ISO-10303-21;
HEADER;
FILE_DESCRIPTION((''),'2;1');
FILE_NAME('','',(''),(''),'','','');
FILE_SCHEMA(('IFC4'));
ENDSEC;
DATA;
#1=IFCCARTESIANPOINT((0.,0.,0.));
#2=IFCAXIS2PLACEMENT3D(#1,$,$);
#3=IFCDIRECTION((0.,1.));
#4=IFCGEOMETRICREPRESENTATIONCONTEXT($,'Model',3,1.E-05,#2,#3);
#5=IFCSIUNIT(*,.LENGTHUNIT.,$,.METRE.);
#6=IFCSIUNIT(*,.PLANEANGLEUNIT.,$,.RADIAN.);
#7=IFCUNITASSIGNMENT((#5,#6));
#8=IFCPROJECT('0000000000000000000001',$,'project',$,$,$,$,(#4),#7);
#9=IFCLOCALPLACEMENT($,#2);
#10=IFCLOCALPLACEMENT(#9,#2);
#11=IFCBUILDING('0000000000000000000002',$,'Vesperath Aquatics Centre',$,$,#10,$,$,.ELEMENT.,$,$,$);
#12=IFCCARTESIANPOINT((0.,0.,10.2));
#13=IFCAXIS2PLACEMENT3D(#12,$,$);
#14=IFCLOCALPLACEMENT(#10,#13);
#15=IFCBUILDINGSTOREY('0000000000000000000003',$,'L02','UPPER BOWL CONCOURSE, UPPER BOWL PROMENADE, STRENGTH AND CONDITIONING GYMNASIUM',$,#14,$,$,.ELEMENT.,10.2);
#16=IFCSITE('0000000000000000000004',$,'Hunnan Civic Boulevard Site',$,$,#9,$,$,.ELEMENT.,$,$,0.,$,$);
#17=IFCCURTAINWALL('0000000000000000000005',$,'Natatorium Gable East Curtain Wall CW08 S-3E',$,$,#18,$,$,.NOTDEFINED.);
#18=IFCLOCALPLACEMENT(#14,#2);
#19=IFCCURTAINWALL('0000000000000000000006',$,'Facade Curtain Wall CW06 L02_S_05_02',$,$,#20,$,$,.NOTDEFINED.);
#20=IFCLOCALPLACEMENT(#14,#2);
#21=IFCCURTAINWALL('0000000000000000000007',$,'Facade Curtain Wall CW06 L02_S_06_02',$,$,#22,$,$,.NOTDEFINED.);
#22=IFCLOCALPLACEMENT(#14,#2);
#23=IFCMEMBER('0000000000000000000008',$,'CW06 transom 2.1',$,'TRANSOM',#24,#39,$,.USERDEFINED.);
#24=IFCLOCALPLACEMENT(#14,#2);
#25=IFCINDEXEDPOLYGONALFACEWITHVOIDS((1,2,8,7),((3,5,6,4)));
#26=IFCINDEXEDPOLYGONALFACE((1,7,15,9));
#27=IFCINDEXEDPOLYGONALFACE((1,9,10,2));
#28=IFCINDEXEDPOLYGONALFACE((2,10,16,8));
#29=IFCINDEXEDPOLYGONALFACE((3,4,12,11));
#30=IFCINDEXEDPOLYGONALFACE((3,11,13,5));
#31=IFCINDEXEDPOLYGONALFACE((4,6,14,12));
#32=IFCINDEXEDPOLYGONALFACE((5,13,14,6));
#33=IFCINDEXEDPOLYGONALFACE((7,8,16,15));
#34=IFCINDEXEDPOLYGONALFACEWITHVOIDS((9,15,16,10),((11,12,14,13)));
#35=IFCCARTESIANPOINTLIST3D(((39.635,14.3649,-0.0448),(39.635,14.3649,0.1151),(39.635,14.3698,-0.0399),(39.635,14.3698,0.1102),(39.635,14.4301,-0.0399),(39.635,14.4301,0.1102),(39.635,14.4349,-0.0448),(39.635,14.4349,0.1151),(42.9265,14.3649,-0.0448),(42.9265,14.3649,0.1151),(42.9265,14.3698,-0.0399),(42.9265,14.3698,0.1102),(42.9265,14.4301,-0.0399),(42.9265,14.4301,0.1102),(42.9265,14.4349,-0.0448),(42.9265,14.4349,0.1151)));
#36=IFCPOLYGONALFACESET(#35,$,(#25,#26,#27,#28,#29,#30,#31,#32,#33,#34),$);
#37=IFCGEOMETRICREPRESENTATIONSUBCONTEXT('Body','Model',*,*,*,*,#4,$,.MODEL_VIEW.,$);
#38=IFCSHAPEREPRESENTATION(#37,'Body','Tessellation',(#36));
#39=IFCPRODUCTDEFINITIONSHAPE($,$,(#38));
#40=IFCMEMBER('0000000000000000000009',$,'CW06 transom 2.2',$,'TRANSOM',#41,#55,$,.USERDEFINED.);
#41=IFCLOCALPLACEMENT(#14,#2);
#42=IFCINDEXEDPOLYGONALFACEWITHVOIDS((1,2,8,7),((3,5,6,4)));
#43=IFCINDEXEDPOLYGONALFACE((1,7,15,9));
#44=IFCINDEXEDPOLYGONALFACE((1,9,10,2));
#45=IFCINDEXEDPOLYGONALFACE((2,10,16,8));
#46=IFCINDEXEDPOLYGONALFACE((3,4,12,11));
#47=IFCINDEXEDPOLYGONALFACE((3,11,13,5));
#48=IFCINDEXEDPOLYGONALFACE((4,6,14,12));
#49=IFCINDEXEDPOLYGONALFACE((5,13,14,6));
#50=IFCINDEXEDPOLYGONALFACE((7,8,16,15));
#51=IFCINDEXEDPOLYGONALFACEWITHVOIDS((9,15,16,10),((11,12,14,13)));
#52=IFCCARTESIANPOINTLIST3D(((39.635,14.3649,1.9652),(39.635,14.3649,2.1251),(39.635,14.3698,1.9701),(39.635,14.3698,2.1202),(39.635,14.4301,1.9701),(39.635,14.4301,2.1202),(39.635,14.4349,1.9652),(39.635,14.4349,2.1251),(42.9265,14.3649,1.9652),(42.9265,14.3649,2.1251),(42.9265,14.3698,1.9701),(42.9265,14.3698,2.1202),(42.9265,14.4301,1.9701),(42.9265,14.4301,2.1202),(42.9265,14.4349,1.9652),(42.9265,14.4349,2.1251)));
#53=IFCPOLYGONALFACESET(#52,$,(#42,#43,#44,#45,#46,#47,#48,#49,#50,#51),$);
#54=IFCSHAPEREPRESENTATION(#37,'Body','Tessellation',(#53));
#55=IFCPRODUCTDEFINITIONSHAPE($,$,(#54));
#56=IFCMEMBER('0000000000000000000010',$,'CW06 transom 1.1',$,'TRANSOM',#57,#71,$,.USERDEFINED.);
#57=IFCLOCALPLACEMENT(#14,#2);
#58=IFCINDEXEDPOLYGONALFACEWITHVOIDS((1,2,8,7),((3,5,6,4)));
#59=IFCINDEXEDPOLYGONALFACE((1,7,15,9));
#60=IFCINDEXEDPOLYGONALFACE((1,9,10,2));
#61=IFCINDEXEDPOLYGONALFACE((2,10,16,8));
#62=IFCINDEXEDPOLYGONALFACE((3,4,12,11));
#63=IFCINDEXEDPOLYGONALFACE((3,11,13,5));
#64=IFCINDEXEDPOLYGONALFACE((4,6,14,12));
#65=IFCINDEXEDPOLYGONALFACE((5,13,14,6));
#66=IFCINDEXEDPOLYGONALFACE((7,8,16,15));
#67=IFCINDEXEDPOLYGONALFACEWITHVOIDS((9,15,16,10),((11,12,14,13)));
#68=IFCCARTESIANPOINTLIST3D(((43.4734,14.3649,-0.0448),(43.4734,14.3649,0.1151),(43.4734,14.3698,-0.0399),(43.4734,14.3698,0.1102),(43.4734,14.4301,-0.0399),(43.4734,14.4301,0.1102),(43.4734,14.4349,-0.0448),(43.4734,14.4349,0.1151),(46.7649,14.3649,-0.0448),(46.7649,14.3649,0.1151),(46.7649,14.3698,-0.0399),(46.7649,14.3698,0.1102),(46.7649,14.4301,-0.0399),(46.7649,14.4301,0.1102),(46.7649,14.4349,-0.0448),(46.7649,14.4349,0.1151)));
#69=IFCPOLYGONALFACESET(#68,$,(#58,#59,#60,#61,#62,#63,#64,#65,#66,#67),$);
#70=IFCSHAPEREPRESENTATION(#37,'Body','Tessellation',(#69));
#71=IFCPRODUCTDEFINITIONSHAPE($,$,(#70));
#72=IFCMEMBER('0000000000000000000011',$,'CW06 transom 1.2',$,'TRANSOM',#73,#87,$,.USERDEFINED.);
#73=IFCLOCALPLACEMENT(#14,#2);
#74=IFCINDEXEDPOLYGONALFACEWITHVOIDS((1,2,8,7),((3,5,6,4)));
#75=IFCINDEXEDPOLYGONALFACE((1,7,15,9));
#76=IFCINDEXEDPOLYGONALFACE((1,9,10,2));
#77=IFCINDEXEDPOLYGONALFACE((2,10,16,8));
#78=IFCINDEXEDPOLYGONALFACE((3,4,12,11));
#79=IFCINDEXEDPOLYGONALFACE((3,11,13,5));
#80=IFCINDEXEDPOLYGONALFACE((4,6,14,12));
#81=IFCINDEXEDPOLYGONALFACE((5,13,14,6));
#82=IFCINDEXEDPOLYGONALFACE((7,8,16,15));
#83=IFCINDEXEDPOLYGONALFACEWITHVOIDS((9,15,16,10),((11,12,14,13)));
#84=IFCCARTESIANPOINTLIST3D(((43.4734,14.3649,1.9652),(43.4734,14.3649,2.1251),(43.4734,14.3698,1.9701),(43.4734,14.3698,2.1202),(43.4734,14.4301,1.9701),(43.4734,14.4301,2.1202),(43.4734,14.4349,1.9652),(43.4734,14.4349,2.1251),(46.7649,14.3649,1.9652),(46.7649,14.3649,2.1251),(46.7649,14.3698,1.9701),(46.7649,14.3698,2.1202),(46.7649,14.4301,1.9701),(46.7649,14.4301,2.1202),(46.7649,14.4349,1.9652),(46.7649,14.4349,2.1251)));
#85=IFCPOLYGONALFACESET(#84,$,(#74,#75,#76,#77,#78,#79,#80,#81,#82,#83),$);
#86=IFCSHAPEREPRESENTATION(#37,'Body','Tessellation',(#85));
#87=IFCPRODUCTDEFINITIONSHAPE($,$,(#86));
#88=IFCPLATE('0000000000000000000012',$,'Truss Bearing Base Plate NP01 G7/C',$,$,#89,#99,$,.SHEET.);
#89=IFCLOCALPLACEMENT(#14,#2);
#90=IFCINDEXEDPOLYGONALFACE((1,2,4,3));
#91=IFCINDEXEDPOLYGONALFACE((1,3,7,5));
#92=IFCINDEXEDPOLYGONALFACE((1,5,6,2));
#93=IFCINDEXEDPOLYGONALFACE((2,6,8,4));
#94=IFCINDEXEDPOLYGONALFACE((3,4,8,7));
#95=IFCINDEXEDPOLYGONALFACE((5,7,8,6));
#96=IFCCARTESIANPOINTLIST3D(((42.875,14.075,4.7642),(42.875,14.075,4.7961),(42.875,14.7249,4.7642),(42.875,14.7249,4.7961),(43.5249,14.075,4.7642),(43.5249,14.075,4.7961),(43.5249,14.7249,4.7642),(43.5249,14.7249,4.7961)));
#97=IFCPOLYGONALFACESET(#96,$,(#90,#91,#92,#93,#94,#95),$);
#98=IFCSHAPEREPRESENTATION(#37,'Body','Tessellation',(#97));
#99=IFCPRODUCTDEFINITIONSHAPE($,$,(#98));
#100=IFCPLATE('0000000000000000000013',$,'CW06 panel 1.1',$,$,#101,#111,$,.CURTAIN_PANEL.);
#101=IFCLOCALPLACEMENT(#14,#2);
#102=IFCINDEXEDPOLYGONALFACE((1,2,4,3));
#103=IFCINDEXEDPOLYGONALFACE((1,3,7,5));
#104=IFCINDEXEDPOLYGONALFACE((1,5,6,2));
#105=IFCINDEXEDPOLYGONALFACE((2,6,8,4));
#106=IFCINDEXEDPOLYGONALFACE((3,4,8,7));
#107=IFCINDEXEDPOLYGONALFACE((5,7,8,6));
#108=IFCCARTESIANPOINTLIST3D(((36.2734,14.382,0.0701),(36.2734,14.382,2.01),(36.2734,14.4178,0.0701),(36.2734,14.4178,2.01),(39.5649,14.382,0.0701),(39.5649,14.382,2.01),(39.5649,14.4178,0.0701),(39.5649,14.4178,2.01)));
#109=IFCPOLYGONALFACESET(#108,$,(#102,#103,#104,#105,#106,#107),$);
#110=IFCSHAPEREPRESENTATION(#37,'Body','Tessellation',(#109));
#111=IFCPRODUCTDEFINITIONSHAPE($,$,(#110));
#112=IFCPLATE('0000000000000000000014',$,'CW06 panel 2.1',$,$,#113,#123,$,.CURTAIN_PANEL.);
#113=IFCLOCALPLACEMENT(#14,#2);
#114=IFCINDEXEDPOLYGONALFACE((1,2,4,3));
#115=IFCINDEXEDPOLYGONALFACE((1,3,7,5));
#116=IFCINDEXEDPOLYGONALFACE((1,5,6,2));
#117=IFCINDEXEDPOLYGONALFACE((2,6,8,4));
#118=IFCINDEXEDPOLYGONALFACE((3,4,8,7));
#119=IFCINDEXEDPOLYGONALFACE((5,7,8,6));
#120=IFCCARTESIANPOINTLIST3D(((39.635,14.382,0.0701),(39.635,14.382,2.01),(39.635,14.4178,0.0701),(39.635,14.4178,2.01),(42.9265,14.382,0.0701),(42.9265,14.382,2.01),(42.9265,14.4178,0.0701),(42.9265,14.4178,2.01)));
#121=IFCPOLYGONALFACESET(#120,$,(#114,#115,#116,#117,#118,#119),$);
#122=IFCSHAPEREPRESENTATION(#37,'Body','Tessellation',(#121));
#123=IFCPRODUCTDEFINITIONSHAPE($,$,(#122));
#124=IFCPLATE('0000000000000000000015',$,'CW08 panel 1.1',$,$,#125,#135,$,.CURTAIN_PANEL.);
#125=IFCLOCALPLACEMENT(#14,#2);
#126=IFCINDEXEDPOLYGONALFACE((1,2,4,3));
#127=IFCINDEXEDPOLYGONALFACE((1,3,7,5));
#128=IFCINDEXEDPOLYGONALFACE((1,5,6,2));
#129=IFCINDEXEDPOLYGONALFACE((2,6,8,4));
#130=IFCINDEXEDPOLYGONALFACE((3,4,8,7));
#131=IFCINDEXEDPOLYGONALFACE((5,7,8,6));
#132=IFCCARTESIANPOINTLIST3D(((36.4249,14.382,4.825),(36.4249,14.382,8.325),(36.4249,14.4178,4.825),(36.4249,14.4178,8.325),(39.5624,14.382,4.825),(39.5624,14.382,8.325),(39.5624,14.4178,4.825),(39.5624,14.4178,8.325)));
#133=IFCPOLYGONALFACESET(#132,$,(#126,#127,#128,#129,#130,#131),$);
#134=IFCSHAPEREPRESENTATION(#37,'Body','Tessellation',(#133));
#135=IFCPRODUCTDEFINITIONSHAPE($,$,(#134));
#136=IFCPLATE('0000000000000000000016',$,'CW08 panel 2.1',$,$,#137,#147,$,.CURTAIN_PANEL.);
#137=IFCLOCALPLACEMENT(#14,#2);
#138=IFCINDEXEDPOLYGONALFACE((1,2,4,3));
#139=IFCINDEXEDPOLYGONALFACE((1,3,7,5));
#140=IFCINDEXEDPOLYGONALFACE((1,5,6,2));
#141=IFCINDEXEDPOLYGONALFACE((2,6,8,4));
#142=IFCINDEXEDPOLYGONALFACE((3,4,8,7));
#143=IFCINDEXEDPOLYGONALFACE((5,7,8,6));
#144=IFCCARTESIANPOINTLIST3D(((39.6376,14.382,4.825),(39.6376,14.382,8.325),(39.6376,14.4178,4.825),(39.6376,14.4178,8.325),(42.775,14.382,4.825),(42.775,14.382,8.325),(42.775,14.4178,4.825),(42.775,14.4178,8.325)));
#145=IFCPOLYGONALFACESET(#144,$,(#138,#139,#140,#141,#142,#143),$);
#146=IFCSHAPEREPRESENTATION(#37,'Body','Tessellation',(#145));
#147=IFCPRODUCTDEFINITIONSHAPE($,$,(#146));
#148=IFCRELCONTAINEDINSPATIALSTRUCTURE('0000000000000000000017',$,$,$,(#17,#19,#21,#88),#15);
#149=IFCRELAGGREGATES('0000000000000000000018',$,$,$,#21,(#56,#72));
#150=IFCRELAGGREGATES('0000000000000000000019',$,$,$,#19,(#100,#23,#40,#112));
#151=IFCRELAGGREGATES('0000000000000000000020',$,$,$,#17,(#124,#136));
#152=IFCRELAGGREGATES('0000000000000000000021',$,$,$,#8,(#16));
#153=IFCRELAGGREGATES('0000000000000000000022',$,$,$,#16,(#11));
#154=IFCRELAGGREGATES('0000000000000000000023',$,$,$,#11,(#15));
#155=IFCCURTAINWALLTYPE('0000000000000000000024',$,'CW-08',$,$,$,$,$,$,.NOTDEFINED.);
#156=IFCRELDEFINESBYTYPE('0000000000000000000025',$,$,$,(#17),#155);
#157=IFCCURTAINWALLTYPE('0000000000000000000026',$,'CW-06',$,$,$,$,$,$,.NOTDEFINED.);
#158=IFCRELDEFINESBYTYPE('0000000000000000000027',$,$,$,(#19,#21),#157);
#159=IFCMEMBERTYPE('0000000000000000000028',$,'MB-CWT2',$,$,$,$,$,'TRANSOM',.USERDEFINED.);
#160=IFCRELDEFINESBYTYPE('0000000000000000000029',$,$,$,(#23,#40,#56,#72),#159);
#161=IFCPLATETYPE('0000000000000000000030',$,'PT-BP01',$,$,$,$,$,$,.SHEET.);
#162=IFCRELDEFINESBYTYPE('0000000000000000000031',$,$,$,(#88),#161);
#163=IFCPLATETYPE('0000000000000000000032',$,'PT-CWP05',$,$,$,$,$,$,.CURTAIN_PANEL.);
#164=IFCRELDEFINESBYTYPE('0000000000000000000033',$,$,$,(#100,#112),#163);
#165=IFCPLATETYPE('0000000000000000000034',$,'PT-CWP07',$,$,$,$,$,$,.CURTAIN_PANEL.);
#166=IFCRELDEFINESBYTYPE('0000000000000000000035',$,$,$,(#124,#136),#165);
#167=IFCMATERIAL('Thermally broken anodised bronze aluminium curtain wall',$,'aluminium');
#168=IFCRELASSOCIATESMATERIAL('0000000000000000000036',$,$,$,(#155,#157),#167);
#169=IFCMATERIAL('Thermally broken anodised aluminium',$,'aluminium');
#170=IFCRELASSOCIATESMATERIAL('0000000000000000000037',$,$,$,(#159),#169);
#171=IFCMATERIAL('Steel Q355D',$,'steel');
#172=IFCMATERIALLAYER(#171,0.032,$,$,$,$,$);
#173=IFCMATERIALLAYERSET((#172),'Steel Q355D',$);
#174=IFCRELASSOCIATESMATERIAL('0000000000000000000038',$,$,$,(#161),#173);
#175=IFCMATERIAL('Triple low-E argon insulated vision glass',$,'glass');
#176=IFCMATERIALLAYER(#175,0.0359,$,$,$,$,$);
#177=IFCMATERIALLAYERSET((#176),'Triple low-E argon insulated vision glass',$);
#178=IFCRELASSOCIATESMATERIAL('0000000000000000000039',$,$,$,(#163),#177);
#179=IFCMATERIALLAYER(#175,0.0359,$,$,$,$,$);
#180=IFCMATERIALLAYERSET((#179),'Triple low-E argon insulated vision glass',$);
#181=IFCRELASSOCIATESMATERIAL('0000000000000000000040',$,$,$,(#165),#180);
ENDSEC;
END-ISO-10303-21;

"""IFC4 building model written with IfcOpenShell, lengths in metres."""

from ifc_helpers import new_model, si_unit, direction, frame, origin, origin_2d, place, context, subcontext, project, spatial, rectangle, hollow_rectangle, extrude, material, layer, layer_set, material_profile, profile_set, type_object, element, aggregate, save


model = new_model("IFC4")

# Units and contexts
model_context = context("Model", 3, precision=1e-05, world=origin(), true_north=direction((0.0, 1.0)))
body_context = subcontext(model_context, "Body", "Model", "MODEL_VIEW")
ifc_project = project(units=[si_unit("LENGTHUNIT", "METRE"), si_unit("PLANEANGLEUNIT", "RADIAN")], contexts=[model_context])

# Site, building, storey
site_placement = place(None, origin())
site = spatial("IfcSite", under=ifc_project, at=site_placement, Name="Hunnan Civic Boulevard Site", CompositionType="ELEMENT", RefElevation=0.0)
building_placement = place(site_placement, origin())
building = spatial("IfcBuilding", under=site, at=building_placement, Name="Vesperath Aquatics Centre", CompositionType="ELEMENT")
storey_placement = place(building_placement, frame((0.0, 0.0, 10.2)))
storey = spatial("IfcBuildingStorey", under=building, at=storey_placement, Name="L02", Description="UPPER BOWL CONCOURSE, UPPER BOWL PROMENADE, STRENGTH AND CONDITIONING GYMNASIUM", CompositionType="ELEMENT", Elevation=10.2)

# Shared definitions
ifc_material_1 = material(Name="Steel Q355D", Category="steel")

# Curtain wall
ifc_material_2 = material(Name="Thermally broken anodised bronze aluminium curtain wall", Category="aluminium")
curtain_wall_type_1 = type_object("IfcCurtainWallType", Name="CW-08", PredefinedType="NOTDEFINED", material=ifc_material_2)
curtain_wall_1_placement = place(storey_placement, origin())
curtain_wall_1 = element("IfcCurtainWall", 1, at=curtain_wall_1_placement, inside=storey, type_object=curtain_wall_type_1, Name="Natatorium Gable East Curtain Wall CW08 S-3E", PredefinedType="NOTDEFINED")
ifc_material_3 = material(Name="Thermally broken anodised aluminium", Category="aluminium")

# Curtain wall
curtain_wall_type_2 = type_object("IfcCurtainWallType", Name="CW-06", PredefinedType="NOTDEFINED", material=ifc_material_2)
curtain_wall_2_placement = place(storey_placement, origin())
curtain_wall_2 = element("IfcCurtainWall", 2, at=curtain_wall_2_placement, inside=storey, type_object=curtain_wall_type_2, Name="Facade Curtain Wall CW06 L02_S_05_02", PredefinedType="NOTDEFINED")

# Curtain wall
curtain_wall_3_placement = place(storey_placement, origin())
curtain_wall_3 = element("IfcCurtainWall", 3, at=curtain_wall_3_placement, inside=storey, type_object=curtain_wall_type_2, Name="Facade Curtain Wall CW06 L02_S_06_02", PredefinedType="NOTDEFINED")

# Members
ifc_material_profile_1 = material_profile(ifc_material_3, hollow_rectangle(XDim=0.0701, YDim=0.1599, WallThickness=0.0049, at=origin_2d()), Name="CWT 70x160x5")
ifc_profile_set_1 = profile_set([ifc_material_profile_1], Name="Thermally broken anodised aluminium")
member_type_1 = type_object("IfcMemberType", Name="MB-CWT2", ElementType="TRANSOM", PredefinedType="USERDEFINED", material=ifc_profile_set_1)
member_1_placement = place(storey_placement, frame((39.635, 14.3999, 0.0352), z_axis=(1.0, 0.0, 0.0), x_axis=(0.0, 1.0, 0.0)))
member_1 = element("IfcMember", 4, at=member_1_placement, type_object=member_type_1, Name="CW06 transom 2.1", ObjectType="TRANSOM", PredefinedType="USERDEFINED", context=body_context, shape_type="SweptSolid", body=[
    extrude(hollow_rectangle(XDim=0.0701, YDim=0.1599, WallThickness=0.0049, at=origin_2d()), origin(), (0.0, 0.0, 1.0), 3.2915),
])
member_2_placement = place(storey_placement, frame((39.635, 14.3999, 2.0452), z_axis=(1.0, 0.0, 0.0), x_axis=(0.0, 1.0, 0.0)))
member_2 = element("IfcMember", 5, at=member_2_placement, type_object=member_type_1, Name="CW06 transom 2.2", ObjectType="TRANSOM", PredefinedType="USERDEFINED", context=body_context, shape_type="SweptSolid", body=[
    extrude(hollow_rectangle(XDim=0.0701, YDim=0.1599, WallThickness=0.0049, at=origin_2d()), origin(), (0.0, 0.0, 1.0), 3.2915),
])
member_3_placement = place(storey_placement, frame((43.4734, 14.3999, 0.0352), z_axis=(1.0, 0.0, 0.0), x_axis=(0.0, 1.0, 0.0)))
member_3 = element("IfcMember", 6, at=member_3_placement, type_object=member_type_1, Name="CW06 transom 1.1", ObjectType="TRANSOM", PredefinedType="USERDEFINED", context=body_context, shape_type="SweptSolid", body=[
    extrude(hollow_rectangle(XDim=0.0701, YDim=0.1599, WallThickness=0.0049, at=origin_2d()), origin(), (0.0, 0.0, 1.0), 3.2915),
])
member_4_placement = place(storey_placement, frame((43.4734, 14.3999, 2.0452), z_axis=(1.0, 0.0, 0.0), x_axis=(0.0, 1.0, 0.0)))
member_4 = element("IfcMember", 7, at=member_4_placement, type_object=member_type_1, Name="CW06 transom 1.2", ObjectType="TRANSOM", PredefinedType="USERDEFINED", context=body_context, shape_type="SweptSolid", body=[
    extrude(hollow_rectangle(XDim=0.0701, YDim=0.1599, WallThickness=0.0049, at=origin_2d()), origin(), (0.0, 0.0, 1.0), 3.2915),
])
aggregate(curtain_wall_3, [member_3, member_4])

# Plates
ifc_layer_1 = layer(ifc_material_1, 0.032)
ifc_layer_set_1 = layer_set([ifc_layer_1], Name="Steel Q355D")
plate_type_1 = type_object("IfcPlateType", Name="PT-BP01", PredefinedType="SHEET", material=ifc_layer_set_1)
plate_1_placement = place(storey_placement, frame((43.2, 14.3999, 4.7642), z_axis=(0.0, 0.0, 1.0), x_axis=(1.0, 0.0, 0.0)))
element("IfcPlate", 8, at=plate_1_placement, inside=storey, type_object=plate_type_1, Name="Truss Bearing Base Plate NP01 G7/C", PredefinedType="SHEET", context=body_context, shape_type="SweptSolid", body=[
    extrude(rectangle(XDim=0.6499, YDim=0.6499, at=origin_2d()), origin(), (0.0, 0.0, 1.0), 0.032),
])
ifc_material_4 = material(Name="Triple low-E argon insulated vision glass", Category="glass")
ifc_layer_2 = layer(ifc_material_4, 0.0359)
ifc_layer_set_2 = layer_set([ifc_layer_2], Name="Triple low-E argon insulated vision glass")
plate_type_2 = type_object("IfcPlateType", Name="PT-CWP05", PredefinedType="CURTAIN_PANEL", material=ifc_layer_set_2)
plate_2_placement = place(storey_placement, frame((37.9192, 14.3999, 0.0701), z_axis=(0.0, 0.0, 1.0), x_axis=(1.0, 0.0, 0.0)))
plate_2 = element("IfcPlate", 9, at=plate_2_placement, type_object=plate_type_2, Name="CW06 panel 1.1", PredefinedType="CURTAIN_PANEL", context=body_context, shape_type="SweptSolid", body=[
    extrude(rectangle(XDim=3.2915, YDim=0.0359, at=origin_2d()), origin(), (0.0, 0.0, 1.0), 1.9399),
])
plate_3_placement = place(storey_placement, frame((41.2808, 14.3999, 0.0701), z_axis=(0.0, 0.0, 1.0), x_axis=(1.0, 0.0, 0.0)))
plate_3 = element("IfcPlate", 10, at=plate_3_placement, type_object=plate_type_2, Name="CW06 panel 2.1", PredefinedType="CURTAIN_PANEL", context=body_context, shape_type="SweptSolid", body=[
    extrude(rectangle(XDim=3.2915, YDim=0.0359, at=origin_2d()), origin(), (0.0, 0.0, 1.0), 1.9399),
])
aggregate(curtain_wall_2, [plate_2, member_1, member_2, plate_3])
ifc_layer_3 = layer(ifc_material_4, 0.0359)
ifc_layer_set_3 = layer_set([ifc_layer_3], Name="Triple low-E argon insulated vision glass")
plate_type_3 = type_object("IfcPlateType", Name="PT-CWP07", PredefinedType="CURTAIN_PANEL", material=ifc_layer_set_3)
plate_4_placement = place(storey_placement, frame((37.9937, 14.3999, 4.825), z_axis=(0.0, 0.0, 1.0), x_axis=(1.0, 0.0, 0.0)))
plate_4 = element("IfcPlate", 11, at=plate_4_placement, type_object=plate_type_3, Name="CW08 panel 1.1", PredefinedType="CURTAIN_PANEL", context=body_context, shape_type="SweptSolid", body=[
    extrude(rectangle(XDim=3.1375, YDim=0.0359, at=origin_2d()), origin(), (0.0, 0.0, 1.0), 3.5),
])
plate_5_placement = place(storey_placement, frame((41.2063, 14.3999, 4.825), z_axis=(0.0, 0.0, 1.0), x_axis=(1.0, 0.0, 0.0)))
plate_5 = element("IfcPlate", 12, at=plate_5_placement, type_object=plate_type_3, Name="CW08 panel 2.1", PredefinedType="CURTAIN_PANEL", context=body_context, shape_type="SweptSolid", body=[
    extrude(rectangle(XDim=3.1375, YDim=0.0359, at=origin_2d()), origin(), (0.0, 0.0, 1.0), 3.5),
])
aggregate(curtain_wall_1, [plate_4, plate_5])

save(model, "model.ifc")
